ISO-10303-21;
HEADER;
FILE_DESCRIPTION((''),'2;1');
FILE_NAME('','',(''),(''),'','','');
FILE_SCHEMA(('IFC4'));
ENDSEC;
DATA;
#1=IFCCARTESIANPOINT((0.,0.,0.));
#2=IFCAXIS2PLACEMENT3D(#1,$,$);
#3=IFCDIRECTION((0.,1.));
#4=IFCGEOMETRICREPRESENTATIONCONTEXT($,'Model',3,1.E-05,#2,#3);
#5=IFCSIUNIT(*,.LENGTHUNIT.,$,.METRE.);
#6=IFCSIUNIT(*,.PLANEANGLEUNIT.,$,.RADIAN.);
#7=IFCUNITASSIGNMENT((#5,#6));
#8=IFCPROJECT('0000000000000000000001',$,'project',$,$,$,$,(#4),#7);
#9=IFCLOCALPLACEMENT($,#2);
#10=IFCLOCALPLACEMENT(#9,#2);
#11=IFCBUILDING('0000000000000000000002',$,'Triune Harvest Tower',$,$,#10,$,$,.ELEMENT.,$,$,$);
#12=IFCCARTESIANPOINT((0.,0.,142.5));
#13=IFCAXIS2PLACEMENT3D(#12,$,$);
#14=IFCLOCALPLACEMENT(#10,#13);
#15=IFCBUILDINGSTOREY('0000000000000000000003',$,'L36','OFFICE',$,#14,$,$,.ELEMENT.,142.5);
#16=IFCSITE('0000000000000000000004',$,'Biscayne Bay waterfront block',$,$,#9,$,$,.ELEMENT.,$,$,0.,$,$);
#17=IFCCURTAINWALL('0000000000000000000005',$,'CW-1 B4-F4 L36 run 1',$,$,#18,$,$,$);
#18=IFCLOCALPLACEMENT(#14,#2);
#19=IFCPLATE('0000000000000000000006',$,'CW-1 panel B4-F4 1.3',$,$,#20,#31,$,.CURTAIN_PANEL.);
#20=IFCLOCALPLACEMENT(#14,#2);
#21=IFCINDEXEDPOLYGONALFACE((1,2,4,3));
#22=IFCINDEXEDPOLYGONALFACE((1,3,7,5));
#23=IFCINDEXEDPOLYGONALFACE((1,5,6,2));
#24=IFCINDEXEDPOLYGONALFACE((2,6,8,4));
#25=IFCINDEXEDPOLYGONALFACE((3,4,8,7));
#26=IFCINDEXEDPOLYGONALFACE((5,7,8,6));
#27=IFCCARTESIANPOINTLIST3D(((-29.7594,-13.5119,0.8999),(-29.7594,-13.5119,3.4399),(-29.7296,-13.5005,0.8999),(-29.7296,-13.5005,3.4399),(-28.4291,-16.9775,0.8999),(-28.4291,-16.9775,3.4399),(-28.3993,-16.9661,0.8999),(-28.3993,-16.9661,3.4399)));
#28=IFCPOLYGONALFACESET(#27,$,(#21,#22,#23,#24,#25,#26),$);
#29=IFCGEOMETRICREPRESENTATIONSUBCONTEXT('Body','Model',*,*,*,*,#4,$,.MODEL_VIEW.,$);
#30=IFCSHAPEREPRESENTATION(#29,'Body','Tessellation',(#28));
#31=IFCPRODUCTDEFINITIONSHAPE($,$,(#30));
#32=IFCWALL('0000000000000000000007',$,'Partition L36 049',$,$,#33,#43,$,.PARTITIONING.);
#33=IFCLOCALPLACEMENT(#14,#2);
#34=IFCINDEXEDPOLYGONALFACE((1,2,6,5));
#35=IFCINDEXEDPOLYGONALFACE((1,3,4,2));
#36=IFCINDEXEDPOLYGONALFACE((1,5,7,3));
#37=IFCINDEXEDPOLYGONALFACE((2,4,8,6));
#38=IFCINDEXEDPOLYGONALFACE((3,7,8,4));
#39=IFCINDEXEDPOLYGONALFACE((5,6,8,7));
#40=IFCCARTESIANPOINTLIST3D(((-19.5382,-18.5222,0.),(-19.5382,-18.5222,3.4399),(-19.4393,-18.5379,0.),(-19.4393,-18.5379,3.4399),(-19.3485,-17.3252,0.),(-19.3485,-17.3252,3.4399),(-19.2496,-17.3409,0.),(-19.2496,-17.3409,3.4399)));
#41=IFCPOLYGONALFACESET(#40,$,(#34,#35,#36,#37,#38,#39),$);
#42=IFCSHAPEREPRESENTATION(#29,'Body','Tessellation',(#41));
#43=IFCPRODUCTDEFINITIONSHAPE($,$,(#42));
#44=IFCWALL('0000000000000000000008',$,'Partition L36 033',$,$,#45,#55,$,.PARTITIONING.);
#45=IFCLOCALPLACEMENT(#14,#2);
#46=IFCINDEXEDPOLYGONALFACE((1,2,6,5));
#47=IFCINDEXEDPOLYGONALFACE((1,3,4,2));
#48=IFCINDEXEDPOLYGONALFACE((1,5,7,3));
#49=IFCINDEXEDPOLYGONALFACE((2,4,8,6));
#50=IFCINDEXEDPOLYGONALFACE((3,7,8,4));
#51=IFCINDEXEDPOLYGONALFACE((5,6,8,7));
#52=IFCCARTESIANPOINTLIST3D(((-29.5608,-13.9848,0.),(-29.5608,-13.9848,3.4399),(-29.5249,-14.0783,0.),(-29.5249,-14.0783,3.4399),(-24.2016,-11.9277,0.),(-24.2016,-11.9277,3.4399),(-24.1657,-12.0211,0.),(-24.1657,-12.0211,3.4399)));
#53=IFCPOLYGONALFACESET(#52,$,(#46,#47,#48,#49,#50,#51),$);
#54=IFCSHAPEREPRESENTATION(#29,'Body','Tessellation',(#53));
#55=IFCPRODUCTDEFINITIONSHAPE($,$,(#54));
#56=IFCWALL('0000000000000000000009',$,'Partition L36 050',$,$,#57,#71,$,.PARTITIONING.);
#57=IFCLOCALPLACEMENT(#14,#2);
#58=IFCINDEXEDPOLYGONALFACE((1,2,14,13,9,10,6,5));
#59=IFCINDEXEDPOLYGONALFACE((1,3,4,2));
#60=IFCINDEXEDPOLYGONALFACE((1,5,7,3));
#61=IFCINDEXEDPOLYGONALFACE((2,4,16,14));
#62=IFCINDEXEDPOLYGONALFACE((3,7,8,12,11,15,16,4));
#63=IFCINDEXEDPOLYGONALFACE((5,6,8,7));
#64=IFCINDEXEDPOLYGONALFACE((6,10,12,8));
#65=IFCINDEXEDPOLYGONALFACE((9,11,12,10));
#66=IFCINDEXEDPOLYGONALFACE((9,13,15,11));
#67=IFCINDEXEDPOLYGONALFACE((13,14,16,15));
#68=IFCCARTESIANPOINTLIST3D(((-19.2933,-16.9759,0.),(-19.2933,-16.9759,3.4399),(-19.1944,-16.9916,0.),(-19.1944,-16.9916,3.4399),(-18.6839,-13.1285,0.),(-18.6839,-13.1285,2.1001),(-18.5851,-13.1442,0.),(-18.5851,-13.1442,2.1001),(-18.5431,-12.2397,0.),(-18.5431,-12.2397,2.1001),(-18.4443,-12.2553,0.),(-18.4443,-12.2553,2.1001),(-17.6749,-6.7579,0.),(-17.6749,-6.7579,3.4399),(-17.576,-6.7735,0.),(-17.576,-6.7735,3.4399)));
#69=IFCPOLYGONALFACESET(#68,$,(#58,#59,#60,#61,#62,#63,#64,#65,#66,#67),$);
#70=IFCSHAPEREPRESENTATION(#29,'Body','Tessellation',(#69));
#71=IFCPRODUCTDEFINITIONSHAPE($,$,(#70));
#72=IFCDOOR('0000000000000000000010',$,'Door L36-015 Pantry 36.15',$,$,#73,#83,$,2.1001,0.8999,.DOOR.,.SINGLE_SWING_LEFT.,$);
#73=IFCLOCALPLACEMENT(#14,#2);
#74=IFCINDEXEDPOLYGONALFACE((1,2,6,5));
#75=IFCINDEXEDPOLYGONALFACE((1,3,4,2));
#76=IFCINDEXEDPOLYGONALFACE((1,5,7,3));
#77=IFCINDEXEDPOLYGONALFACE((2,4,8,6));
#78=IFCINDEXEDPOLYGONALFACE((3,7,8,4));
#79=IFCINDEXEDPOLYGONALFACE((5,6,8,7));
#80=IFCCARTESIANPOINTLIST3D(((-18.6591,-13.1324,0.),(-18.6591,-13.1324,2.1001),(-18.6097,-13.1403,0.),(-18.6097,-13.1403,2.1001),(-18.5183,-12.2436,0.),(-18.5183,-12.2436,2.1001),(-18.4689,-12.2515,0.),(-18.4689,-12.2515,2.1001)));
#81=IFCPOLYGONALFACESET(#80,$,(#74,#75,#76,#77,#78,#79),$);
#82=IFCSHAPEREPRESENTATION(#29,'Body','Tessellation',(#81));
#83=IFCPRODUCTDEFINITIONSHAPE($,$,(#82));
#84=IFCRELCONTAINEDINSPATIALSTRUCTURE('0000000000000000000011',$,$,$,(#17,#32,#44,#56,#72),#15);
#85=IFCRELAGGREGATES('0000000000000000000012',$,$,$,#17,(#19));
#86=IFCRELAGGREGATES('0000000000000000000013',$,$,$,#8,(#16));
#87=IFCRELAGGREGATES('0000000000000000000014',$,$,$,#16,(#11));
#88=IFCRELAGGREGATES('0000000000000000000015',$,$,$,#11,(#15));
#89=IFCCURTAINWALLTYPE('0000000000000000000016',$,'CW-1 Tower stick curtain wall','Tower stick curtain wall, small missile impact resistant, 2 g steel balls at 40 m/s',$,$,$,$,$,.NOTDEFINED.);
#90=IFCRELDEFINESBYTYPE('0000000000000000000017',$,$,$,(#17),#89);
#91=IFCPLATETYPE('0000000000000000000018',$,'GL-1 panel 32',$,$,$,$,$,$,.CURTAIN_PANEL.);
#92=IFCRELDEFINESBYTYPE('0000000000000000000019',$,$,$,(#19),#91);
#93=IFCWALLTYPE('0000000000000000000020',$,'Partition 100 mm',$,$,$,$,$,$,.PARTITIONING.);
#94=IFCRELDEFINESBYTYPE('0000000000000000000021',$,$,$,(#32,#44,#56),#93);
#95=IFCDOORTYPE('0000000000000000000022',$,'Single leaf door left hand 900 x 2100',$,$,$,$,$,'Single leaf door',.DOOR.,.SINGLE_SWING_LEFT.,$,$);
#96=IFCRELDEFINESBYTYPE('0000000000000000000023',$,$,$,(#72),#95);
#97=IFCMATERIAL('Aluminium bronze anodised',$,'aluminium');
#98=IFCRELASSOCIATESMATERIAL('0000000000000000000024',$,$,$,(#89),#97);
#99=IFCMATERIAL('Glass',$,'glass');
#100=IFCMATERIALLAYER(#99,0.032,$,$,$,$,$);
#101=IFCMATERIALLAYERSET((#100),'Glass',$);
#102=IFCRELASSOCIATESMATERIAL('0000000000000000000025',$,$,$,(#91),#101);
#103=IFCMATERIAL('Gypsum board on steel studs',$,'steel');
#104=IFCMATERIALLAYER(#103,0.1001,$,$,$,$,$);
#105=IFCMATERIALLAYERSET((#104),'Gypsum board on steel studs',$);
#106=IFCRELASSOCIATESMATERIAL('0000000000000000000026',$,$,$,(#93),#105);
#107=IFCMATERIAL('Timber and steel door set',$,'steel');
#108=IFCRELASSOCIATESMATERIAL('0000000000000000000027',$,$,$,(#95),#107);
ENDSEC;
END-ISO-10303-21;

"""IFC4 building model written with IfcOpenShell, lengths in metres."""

from ifc_helpers import new_model, si_unit, direction, frame, frame_2d, origin, origin_2d, place, context, subcontext, project, spatial, rectangle, extrude, source, transform, mapped, material, layer, layer_set, type_object, element, fill, aggregate, save


model = new_model("IFC4")

# Units and contexts
model_context = context("Model", 3, precision=1e-05, world=origin(), true_north=direction((0.0, 1.0)))
body_context = subcontext(model_context, "Body", "Model", "MODEL_VIEW")
ifc_project = project(units=[si_unit("LENGTHUNIT", "METRE"), si_unit("PLANEANGLEUNIT", "RADIAN")], contexts=[model_context])

# Site, building, storey
site_placement = place(None, origin())
site = spatial("IfcSite", under=ifc_project, at=site_placement, Name="Biscayne Bay waterfront block", CompositionType="ELEMENT", RefElevation=0.0)
building_placement = place(site_placement, origin())
building = spatial("IfcBuilding", under=site, at=building_placement, Name="Triune Harvest Tower", CompositionType="ELEMENT")
storey_placement = place(building_placement, frame((0.0, 0.0, 142.5)))
storey = spatial("IfcBuildingStorey", under=building, at=storey_placement, Name="L36", Description="OFFICE", CompositionType="ELEMENT", Elevation=142.5)

# Curtain wall
ifc_material_1 = material(Name="Aluminium bronze anodised", Category="aluminium")
curtain_wall_type_1 = type_object("IfcCurtainWallType", Name="CW-1 Tower stick curtain wall", Description="Tower stick curtain wall, small missile impact resistant, 2 g steel balls at 40 m/s", PredefinedType="NOTDEFINED", material=ifc_material_1)
curtain_wall_1_placement = place(storey_placement, origin())
curtain_wall_1 = element("IfcCurtainWall", 1, at=curtain_wall_1_placement, inside=storey, type_object=curtain_wall_type_1, Name="CW-1 B4-F4 L36 run 1")

# Plate
ifc_material_2 = material(Name="Glass", Category="glass")
ifc_layer_1 = layer(ifc_material_2, 0.032)
ifc_layer_set_1 = layer_set([ifc_layer_1], Name="Glass")
plate_type_1 = type_object("IfcPlateType", Name="GL-1 panel 32", PredefinedType="CURTAIN_PANEL", material=ifc_layer_set_1)
shared_shape_1 = source(origin(), body_context, "Body", "SweptSolid", [
    extrude(rectangle(XDim=3.7122, YDim=0.032, at=origin_2d()), origin(), (0.0, 0.0, 1.0), 2.54),
])
plate_1_placement = place(storey_placement, frame((-29.0793, -15.239, 0.8999), z_axis=(0.0, 0.0, 1.0), x_axis=(0.358369, -0.93358, 0.0)))
plate_1 = element("IfcPlate", 2, at=plate_1_placement, type_object=plate_type_1, Name="CW-1 panel B4-F4 1.3", PredefinedType="CURTAIN_PANEL", context=body_context, shape_type="MappedRepresentation", body=[
    mapped(shared_shape_1, transform((0.0, 0.0, 0.0), scale=1.0)),
])
aggregate(curtain_wall_1, [plate_1])

# Walls
ifc_material_3 = material(Name="Gypsum board on steel studs", Category="steel")
ifc_layer_2 = layer(ifc_material_3, 0.1001)
ifc_layer_set_2 = layer_set([ifc_layer_2], Name="Gypsum board on steel studs")
wall_type = type_object("IfcWallType", Name="Partition 100 mm", PredefinedType="PARTITIONING", material=ifc_layer_set_2)
shared_shape_2 = source(origin(), body_context, "Body", "SweptSolid", [
    extrude(rectangle(XDim=1.2119, YDim=0.1001, at=frame_2d((0.606, 0.0))), origin(), (0.0, 0.0, 1.0), 3.4399),
])
wall_1_placement = place(storey_placement, frame((-19.4888, -18.53, 0.0), z_axis=(0.0, 0.0, 1.0), x_axis=(0.156521, 0.987675, 0.0)))
element("IfcWall", 3, at=wall_1_placement, inside=storey, type_object=wall_type, Name="Partition L36 049", PredefinedType="PARTITIONING", context=body_context, shape_type="MappedRepresentation", body=[
    mapped(shared_shape_2, transform((0.0, 0.0, 0.0), scale=1.0)),
])
shared_shape_3 = source(origin(), body_context, "Body", "SweptSolid", [
    extrude(rectangle(XDim=5.7405, YDim=0.1001, at=frame_2d((2.8701, 0.0))), origin(), (0.0, 0.0, 1.0), 3.4399),
])
wall_2_placement = place(storey_placement, frame((-29.5427, -14.0315, 0.0), z_axis=(0.0, 0.0, 1.0), x_axis=(0.933583, 0.358361, 0.0)))
element("IfcWall", 4, at=wall_2_placement, inside=storey, type_object=wall_type, Name="Partition L36 033", PredefinedType="PARTITIONING", context=body_context, shape_type="MappedRepresentation", body=[
    mapped(shared_shape_3, transform((0.0, 0.0, 0.0), scale=1.0)),
])

# Wall, opening, door
shared_shape_4 = source(origin(), body_context, "Body", "SweptSolid", [
    extrude(rectangle(XDim=10.3455, YDim=0.1001, at=frame_2d((5.1729, 0.0))), origin(), (0.0, 0.0, 1.0), 3.4399),
])
wall_3_placement = place(storey_placement, frame((-19.2439, -16.9839, 0.0), z_axis=(0.0, 0.0, 1.0), x_axis=(0.156438, 0.987688, 0.0)))
wall_3 = element("IfcWall", 5, at=wall_3_placement, inside=storey, type_object=wall_type, Name="Partition L36 050", PredefinedType="PARTITIONING", context=body_context, shape_type="MappedRepresentation", body=[
    mapped(shared_shape_4, transform((0.0, 0.0, 0.0), scale=1.0)),
])
opening_placement = place(wall_3_placement, frame((3.8955, 0.0, 0.0)))
opening = element("IfcOpeningElement", 6, at=opening_placement, cuts=wall_3, PredefinedType="OPENING", context=body_context, shape_type="SweptSolid", body=[
    extrude(rectangle(XDim=0.8999, YDim=2.1001, at=frame_2d((0.45, 1.05))), frame((0.0, 0.0601, 0.0), z_axis=(0.0, -1.0, 0.0), x_axis=(1.0, 0.0, 0.0)), (0.0, 0.0, 1.0), 0.1201),
])
ifc_material_4 = material(Name="Timber and steel door set", Category="steel")
door_type = type_object("IfcDoorType", Name="Single leaf door left hand 900 x 2100", ElementType="Single leaf door", OperationType="SINGLE_SWING_LEFT", PredefinedType="DOOR", material=ifc_material_4)
door_placement = place(opening_placement, origin())
door = element("IfcDoor", 7, at=door_placement, inside=storey, type_object=door_type, Name="Door L36-015 Pantry 36.15", OperationType="SINGLE_SWING_LEFT", OverallHeight=2.1001, OverallWidth=0.8999, PredefinedType="DOOR", context=body_context, shape_type="SweptSolid", body=[
    extrude(rectangle(XDim=0.8999, YDim=2.1001, at=frame_2d((0.45, 1.05))), frame((0.0, 0.0249, 0.0), z_axis=(0.0, -1.0, 0.0), x_axis=(1.0, 0.0, 0.0)), (0.0, 0.0, 1.0), 0.05),
])
fill(opening, door)

save(model, "model.ifc")
